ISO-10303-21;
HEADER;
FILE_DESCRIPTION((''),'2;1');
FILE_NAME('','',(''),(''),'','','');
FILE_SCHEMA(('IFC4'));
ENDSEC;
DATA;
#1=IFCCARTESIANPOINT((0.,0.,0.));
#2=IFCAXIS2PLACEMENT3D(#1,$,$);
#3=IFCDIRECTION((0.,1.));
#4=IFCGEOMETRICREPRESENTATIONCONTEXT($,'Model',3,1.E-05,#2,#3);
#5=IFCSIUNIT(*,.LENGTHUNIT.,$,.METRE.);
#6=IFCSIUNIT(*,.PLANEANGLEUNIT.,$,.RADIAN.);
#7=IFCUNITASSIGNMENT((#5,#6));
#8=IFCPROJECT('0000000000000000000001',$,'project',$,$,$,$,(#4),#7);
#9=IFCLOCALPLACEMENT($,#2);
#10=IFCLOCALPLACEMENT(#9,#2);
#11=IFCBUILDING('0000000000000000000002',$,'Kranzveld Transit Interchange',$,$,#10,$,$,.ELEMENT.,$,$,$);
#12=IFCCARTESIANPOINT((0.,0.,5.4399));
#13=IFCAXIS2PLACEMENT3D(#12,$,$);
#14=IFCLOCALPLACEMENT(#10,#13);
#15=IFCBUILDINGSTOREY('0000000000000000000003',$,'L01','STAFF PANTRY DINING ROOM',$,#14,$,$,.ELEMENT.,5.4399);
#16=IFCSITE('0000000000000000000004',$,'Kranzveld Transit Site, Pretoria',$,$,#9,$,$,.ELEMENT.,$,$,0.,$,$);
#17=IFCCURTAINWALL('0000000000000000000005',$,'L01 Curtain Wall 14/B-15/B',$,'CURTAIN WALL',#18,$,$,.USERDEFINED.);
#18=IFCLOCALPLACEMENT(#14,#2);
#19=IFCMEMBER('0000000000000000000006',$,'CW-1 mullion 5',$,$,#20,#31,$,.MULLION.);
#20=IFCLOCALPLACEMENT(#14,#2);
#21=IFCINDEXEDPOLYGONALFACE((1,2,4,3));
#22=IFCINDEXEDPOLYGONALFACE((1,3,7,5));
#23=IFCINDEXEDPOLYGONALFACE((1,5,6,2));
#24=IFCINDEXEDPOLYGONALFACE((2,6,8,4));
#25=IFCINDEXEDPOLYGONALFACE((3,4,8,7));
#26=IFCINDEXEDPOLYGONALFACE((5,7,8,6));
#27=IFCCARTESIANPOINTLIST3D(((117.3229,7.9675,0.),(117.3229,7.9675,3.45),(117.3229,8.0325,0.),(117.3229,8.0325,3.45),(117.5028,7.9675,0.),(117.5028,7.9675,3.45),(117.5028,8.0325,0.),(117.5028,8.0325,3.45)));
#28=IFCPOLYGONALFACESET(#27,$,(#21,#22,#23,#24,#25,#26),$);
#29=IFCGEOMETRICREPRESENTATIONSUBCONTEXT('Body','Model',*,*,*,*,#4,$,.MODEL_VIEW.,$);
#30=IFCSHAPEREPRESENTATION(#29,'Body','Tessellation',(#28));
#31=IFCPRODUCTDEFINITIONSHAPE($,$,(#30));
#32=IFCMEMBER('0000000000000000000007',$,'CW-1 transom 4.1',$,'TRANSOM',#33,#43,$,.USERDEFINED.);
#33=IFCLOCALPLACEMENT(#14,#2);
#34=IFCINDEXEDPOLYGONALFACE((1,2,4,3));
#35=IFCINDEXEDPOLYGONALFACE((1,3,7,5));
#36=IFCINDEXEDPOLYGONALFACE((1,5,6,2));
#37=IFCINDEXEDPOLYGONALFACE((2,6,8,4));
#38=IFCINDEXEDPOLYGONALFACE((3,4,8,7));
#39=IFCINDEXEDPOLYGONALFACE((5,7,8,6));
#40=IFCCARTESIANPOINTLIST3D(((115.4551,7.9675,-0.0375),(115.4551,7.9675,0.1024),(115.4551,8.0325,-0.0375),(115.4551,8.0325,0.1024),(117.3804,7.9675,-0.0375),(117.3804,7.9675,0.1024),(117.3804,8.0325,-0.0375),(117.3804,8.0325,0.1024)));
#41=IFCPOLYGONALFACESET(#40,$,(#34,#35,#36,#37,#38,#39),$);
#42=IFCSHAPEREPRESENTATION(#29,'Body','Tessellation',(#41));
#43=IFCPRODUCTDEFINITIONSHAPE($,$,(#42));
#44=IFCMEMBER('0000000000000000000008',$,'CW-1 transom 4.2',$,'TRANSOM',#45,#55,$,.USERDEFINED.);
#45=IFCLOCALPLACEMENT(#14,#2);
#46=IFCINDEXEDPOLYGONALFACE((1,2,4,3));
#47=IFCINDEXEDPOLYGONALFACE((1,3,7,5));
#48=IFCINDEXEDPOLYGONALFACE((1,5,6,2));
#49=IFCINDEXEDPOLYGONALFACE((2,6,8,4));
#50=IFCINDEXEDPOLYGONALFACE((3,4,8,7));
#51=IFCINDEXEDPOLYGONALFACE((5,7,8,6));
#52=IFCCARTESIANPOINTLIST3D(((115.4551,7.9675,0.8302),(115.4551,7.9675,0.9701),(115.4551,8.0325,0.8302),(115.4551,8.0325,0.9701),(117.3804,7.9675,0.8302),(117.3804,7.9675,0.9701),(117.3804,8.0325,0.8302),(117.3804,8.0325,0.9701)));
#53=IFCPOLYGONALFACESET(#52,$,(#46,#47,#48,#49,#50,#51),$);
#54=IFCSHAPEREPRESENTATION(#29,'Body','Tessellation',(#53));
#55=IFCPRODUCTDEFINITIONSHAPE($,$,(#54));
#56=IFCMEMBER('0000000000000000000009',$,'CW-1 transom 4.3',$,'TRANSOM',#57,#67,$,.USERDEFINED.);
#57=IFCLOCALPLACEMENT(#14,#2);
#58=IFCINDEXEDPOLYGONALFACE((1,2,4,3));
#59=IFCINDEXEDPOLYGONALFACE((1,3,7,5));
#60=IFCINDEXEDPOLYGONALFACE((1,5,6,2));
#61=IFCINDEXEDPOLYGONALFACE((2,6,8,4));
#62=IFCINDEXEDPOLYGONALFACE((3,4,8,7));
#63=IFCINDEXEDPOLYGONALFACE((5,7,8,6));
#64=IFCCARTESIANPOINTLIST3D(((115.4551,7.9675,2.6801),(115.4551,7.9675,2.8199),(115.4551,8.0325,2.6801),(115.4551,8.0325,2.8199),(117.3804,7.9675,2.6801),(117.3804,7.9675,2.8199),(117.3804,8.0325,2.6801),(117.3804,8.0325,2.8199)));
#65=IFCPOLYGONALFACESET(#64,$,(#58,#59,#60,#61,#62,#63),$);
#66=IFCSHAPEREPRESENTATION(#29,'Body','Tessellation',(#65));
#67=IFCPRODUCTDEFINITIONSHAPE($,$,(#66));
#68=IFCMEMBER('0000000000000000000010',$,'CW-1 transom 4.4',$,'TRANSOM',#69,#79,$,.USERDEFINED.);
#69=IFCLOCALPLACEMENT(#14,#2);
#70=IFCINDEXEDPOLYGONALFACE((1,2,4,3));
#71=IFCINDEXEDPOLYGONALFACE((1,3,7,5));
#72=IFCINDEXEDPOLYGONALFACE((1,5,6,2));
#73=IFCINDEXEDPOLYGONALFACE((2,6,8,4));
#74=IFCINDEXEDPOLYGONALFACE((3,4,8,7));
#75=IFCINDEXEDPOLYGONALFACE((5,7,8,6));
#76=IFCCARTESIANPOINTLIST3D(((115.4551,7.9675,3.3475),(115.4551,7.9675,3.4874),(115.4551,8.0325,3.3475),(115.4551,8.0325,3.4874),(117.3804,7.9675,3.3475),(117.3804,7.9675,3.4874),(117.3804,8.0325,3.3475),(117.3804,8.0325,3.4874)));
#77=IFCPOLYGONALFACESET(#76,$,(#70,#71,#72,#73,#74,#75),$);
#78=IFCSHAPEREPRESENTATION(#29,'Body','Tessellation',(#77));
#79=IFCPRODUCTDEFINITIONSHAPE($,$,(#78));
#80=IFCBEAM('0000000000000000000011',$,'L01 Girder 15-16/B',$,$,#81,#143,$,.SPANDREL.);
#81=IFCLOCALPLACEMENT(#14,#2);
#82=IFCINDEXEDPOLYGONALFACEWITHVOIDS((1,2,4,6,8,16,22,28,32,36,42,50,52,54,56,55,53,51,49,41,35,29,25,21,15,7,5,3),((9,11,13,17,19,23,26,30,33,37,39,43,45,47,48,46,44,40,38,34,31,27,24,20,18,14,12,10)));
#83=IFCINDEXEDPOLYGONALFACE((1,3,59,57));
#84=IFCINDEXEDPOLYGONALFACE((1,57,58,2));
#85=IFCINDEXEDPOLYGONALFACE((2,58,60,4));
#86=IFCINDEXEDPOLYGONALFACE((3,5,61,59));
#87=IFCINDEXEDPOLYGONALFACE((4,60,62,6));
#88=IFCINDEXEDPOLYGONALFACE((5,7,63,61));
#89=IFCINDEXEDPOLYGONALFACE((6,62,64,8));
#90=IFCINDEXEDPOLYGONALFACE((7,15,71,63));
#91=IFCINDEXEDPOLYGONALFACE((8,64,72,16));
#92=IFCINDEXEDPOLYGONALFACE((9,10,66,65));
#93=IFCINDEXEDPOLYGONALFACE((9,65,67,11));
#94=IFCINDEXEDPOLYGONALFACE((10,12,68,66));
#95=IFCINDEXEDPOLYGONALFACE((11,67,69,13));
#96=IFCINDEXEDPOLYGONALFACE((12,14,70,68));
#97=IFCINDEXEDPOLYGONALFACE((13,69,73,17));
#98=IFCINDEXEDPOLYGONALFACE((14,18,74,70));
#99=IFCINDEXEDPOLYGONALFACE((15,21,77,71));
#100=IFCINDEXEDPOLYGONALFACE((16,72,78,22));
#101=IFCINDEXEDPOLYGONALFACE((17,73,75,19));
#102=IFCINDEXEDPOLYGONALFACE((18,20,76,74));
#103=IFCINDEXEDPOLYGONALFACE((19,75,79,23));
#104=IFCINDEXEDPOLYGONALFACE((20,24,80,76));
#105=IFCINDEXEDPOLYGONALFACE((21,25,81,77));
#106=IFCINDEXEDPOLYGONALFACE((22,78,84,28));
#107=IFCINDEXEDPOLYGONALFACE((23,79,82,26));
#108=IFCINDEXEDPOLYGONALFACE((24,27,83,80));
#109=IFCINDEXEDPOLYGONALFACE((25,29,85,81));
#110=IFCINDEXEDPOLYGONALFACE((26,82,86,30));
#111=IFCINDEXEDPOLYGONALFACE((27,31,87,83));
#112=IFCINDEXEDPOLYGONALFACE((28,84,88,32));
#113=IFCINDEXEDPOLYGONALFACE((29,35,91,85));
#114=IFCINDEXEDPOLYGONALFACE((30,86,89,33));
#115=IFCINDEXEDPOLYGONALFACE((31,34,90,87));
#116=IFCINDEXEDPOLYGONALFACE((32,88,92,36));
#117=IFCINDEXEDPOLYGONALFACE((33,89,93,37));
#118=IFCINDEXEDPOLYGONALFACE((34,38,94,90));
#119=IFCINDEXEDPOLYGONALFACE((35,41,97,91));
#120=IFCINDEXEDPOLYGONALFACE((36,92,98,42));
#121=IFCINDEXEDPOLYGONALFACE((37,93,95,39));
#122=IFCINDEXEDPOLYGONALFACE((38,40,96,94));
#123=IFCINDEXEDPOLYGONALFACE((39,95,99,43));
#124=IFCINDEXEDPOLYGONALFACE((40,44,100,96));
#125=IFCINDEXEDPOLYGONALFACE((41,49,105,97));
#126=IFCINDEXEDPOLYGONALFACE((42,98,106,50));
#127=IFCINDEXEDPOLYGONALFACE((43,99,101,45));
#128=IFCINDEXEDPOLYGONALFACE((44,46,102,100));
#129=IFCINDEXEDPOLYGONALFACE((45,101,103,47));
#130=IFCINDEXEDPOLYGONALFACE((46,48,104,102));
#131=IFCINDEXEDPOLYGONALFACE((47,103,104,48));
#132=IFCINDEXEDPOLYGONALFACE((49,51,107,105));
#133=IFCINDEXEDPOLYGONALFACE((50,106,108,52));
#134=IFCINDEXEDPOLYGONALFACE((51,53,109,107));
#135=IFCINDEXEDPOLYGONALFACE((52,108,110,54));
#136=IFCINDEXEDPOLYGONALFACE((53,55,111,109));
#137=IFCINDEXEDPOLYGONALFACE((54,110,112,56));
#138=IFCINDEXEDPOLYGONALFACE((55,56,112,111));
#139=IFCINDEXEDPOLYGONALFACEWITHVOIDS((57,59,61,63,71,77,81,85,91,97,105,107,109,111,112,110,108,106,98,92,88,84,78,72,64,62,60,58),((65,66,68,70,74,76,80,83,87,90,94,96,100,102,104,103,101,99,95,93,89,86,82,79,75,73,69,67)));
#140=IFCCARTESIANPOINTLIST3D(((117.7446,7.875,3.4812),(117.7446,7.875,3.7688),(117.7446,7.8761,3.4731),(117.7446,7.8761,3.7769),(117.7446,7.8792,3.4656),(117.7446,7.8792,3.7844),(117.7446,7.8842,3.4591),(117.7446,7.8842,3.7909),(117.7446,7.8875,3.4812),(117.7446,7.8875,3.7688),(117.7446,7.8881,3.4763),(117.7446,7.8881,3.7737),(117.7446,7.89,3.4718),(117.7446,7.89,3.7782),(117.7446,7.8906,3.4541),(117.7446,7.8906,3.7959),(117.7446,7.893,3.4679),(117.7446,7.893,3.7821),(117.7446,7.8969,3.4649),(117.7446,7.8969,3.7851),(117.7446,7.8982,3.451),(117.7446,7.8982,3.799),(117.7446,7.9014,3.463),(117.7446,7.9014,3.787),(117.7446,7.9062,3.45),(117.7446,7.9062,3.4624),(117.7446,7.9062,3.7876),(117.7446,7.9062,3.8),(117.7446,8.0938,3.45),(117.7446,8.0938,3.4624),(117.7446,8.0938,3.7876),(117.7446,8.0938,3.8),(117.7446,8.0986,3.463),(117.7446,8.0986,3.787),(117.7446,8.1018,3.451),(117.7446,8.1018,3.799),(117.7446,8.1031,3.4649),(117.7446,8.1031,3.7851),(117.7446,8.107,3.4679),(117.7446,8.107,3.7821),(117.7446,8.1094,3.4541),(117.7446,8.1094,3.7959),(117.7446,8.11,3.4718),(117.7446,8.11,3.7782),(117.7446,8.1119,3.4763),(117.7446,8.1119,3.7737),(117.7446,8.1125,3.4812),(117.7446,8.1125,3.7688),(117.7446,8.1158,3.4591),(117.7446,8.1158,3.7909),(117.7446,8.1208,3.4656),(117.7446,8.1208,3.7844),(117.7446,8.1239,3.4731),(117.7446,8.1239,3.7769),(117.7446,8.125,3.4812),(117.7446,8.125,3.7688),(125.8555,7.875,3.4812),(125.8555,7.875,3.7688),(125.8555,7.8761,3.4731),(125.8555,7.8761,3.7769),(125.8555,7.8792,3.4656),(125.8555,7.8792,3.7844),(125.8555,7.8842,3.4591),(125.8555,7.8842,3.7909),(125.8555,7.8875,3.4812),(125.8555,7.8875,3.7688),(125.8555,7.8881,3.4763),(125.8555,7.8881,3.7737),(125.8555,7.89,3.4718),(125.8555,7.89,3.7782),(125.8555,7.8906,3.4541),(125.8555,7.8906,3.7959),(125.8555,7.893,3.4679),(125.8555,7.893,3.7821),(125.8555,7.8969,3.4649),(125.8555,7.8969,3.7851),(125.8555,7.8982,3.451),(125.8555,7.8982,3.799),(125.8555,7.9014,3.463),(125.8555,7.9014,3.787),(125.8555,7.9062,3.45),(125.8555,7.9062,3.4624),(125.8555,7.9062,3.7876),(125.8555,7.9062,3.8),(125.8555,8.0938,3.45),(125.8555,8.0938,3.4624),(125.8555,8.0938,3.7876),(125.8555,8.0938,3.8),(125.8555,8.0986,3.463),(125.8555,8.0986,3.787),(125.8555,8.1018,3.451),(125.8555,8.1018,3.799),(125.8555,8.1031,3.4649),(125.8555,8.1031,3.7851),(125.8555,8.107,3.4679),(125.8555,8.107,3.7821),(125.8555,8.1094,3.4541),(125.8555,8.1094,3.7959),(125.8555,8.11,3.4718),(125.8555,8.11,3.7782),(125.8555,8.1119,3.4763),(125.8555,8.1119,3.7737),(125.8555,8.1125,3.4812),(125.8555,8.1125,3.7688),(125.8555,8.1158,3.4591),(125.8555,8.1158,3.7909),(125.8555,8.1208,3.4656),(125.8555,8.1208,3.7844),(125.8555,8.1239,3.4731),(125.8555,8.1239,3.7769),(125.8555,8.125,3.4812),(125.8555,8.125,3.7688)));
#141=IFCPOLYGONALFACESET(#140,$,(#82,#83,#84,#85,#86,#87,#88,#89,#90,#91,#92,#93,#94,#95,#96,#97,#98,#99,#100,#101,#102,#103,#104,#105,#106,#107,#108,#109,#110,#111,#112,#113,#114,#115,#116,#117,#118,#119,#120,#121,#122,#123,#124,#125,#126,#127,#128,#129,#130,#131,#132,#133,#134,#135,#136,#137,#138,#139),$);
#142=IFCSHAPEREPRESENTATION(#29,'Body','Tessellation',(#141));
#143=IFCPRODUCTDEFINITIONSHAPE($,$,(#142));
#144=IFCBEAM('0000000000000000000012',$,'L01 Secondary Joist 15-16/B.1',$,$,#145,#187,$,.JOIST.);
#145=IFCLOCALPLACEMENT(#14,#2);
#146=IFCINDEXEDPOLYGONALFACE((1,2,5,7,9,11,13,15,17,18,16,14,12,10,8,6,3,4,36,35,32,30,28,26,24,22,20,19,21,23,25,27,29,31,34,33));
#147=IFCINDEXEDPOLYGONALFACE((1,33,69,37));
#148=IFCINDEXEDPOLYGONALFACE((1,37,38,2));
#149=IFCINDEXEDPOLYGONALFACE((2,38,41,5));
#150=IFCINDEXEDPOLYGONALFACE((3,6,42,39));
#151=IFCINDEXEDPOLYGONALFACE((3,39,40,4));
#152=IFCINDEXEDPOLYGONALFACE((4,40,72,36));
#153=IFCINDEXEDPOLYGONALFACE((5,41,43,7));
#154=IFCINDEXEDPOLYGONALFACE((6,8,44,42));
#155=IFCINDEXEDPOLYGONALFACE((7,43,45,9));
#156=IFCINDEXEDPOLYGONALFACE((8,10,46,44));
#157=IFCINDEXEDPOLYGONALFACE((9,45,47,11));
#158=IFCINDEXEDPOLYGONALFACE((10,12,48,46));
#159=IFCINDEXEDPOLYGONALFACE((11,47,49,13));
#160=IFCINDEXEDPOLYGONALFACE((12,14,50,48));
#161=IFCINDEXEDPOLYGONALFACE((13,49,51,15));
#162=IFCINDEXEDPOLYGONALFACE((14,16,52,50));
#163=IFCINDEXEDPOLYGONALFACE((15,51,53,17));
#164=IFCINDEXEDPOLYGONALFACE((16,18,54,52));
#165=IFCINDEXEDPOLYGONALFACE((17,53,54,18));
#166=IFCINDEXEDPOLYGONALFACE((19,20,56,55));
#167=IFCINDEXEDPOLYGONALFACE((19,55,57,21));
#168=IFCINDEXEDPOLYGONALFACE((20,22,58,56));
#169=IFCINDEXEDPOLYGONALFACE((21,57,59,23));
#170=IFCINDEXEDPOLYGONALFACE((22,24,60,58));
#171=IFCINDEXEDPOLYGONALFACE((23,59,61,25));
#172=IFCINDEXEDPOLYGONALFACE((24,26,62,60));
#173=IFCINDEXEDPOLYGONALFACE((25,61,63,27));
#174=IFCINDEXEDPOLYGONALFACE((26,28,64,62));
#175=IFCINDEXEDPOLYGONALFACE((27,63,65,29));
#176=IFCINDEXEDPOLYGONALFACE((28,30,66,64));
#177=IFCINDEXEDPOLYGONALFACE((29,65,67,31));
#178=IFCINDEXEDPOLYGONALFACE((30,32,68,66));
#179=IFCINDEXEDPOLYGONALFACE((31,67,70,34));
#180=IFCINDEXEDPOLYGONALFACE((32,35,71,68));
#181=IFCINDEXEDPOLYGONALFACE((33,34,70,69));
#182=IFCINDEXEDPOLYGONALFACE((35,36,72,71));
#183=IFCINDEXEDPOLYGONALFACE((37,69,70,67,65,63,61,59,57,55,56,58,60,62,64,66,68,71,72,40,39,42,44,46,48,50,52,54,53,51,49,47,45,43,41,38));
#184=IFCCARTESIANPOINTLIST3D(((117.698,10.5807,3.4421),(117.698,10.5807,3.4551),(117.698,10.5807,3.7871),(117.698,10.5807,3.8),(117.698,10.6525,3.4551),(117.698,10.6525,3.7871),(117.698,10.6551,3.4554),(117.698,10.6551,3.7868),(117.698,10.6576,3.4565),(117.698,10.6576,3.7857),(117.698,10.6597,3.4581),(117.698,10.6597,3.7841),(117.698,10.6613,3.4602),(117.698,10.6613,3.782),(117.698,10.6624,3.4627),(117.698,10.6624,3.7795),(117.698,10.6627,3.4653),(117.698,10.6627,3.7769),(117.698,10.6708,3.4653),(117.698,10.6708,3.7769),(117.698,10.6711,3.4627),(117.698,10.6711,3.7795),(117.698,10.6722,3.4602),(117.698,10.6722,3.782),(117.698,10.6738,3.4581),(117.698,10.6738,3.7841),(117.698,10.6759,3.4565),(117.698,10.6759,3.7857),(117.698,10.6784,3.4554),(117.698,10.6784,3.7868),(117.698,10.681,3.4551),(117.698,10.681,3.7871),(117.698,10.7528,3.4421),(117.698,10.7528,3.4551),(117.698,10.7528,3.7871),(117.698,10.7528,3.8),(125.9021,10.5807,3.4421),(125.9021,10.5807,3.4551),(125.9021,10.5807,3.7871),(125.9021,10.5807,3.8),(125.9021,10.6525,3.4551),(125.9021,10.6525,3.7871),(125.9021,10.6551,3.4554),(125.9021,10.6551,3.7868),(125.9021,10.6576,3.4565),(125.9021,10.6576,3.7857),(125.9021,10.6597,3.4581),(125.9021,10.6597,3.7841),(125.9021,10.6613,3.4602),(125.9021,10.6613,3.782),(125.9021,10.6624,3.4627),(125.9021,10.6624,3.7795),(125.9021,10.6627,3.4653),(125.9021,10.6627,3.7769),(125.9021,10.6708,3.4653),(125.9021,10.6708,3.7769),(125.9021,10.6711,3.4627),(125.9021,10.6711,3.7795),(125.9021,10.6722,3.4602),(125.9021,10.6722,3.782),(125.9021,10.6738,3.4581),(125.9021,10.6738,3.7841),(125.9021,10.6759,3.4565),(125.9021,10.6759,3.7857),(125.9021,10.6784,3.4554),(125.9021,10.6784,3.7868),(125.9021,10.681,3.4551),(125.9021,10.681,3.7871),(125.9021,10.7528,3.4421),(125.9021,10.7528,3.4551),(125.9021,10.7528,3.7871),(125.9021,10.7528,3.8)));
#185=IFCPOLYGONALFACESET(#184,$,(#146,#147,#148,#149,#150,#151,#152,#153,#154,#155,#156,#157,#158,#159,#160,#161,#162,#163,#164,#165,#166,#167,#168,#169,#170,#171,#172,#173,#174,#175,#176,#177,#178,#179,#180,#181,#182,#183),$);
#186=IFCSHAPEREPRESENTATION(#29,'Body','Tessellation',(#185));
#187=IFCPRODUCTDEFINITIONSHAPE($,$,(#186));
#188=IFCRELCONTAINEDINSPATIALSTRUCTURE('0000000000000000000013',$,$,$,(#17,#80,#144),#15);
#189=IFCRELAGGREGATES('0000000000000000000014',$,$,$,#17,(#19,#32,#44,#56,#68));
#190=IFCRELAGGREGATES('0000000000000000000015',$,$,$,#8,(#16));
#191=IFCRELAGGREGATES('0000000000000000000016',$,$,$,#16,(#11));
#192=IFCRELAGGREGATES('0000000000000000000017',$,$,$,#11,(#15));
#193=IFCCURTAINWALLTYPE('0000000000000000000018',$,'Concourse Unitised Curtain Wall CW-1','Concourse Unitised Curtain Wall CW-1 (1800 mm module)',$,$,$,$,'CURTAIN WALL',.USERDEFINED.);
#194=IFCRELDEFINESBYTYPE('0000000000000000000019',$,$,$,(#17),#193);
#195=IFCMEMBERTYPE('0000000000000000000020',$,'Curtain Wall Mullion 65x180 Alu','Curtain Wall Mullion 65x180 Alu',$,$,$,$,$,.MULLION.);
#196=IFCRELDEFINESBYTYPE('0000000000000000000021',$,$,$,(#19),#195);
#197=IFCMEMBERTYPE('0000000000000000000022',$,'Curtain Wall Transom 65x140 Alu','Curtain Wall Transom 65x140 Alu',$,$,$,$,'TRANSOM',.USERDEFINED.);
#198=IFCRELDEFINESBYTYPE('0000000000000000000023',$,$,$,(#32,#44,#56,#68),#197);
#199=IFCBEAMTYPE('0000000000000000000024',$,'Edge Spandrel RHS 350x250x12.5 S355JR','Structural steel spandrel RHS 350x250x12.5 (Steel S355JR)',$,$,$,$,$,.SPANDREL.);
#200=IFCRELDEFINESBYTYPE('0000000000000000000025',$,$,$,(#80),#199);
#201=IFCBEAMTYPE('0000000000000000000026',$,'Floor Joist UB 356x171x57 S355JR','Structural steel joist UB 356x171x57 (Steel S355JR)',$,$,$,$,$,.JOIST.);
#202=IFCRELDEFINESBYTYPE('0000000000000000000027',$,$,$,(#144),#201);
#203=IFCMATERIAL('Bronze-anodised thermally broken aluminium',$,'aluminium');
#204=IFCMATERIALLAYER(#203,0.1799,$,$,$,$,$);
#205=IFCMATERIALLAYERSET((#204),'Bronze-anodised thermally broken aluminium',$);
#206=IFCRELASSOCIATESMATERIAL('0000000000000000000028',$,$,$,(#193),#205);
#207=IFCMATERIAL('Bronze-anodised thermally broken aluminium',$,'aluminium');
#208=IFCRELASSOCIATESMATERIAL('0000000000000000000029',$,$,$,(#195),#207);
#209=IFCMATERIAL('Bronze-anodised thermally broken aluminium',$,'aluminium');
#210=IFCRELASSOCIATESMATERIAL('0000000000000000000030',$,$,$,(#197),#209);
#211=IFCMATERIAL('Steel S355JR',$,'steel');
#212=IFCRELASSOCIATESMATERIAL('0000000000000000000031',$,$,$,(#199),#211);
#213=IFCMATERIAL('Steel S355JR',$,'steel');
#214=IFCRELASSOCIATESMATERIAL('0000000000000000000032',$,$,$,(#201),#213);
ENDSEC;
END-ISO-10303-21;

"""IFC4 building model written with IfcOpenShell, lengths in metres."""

from ifc_helpers import new_model, si_unit, direction, frame, origin, origin_2d, place, context, subcontext, project, spatial, rectangle, hollow_rectangle, i_section, extrude, material, layer, layer_set, material_profile, profile_set, type_object, element, aggregate, save


model = new_model("IFC4")

# Units and contexts
model_context = context("Model", 3, precision=1e-05, world=origin(), true_north=direction((0.0, 1.0)))
body_context = subcontext(model_context, "Body", "Model", "MODEL_VIEW")
ifc_project = project(units=[si_unit("LENGTHUNIT", "METRE"), si_unit("PLANEANGLEUNIT", "RADIAN")], contexts=[model_context])

# Site, building, storey
site_placement = place(None, origin())
site = spatial("IfcSite", under=ifc_project, at=site_placement, Name="Kranzveld Transit Site, Pretoria", CompositionType="ELEMENT", RefElevation=0.0)
building_placement = place(site_placement, origin())
building = spatial("IfcBuilding", under=site, at=building_placement, Name="Kranzveld Transit Interchange", CompositionType="ELEMENT")
storey_placement = place(building_placement, frame((0.0, 0.0, 5.4399)))
storey = spatial("IfcBuildingStorey", under=building, at=storey_placement, Name="L01", Description="STAFF PANTRY DINING ROOM", CompositionType="ELEMENT", Elevation=5.4399)

# Curtain wall, members
ifc_material_1 = material(Name="Bronze-anodised thermally broken aluminium", Category="aluminium")
ifc_layer_1 = layer(ifc_material_1, 0.1799)
ifc_layer_set_1 = layer_set([ifc_layer_1], Name="Bronze-anodised thermally broken aluminium")
curtain_wall_type = type_object("IfcCurtainWallType", Name="Concourse Unitised Curtain Wall CW-1", Description="Concourse Unitised Curtain Wall CW-1 (1800 mm module)", ElementType="CURTAIN WALL", PredefinedType="USERDEFINED", material=ifc_layer_set_1)
curtain_wall_placement = place(storey_placement, origin())
curtain_wall = element("IfcCurtainWall", 1, at=curtain_wall_placement, inside=storey, type_object=curtain_wall_type, Name="L01 Curtain Wall 14/B-15/B", ObjectType="CURTAIN WALL", PredefinedType="USERDEFINED")
ifc_material_2 = material(Name="Bronze-anodised thermally broken aluminium", Category="aluminium")
ifc_material_profile_1 = material_profile(ifc_material_2, rectangle(XDim=0.0649, YDim=0.1799, at=origin_2d()), Name="ALU MULLION 65x180")
ifc_profile_set_1 = profile_set([ifc_material_profile_1], Name="Bronze-anodised thermally broken aluminium")
member_type_1 = type_object("IfcMemberType", Name="Curtain Wall Mullion 65x180 Alu", Description="Curtain Wall Mullion 65x180 Alu", PredefinedType="MULLION", material=ifc_profile_set_1)
member_1_placement = place(storey_placement, frame((117.4128, 8.0, 0.0), z_axis=(0.0, 0.0, 1.0), x_axis=(0.0, 1.0, 0.0)))
member_1 = element("IfcMember", 2, at=member_1_placement, type_object=member_type_1, Name="CW-1 mullion 5", PredefinedType="MULLION", context=body_context, shape_type="SweptSolid", body=[
    extrude(rectangle(XDim=0.0649, YDim=0.1799, at=origin_2d()), origin(), (0.0, 0.0, 1.0), 3.45),
])
ifc_material_3 = material(Name="Bronze-anodised thermally broken aluminium", Category="aluminium")
ifc_material_profile_2 = material_profile(ifc_material_3, rectangle(XDim=0.0649, YDim=0.1399, at=origin_2d()), Name="ALU TRANSOM 65x140")
ifc_profile_set_2 = profile_set([ifc_material_profile_2], Name="Bronze-anodised thermally broken aluminium")
member_type_2 = type_object("IfcMemberType", Name="Curtain Wall Transom 65x140 Alu", Description="Curtain Wall Transom 65x140 Alu", ElementType="TRANSOM", PredefinedType="USERDEFINED", material=ifc_profile_set_2)
member_2_placement = place(storey_placement, frame((115.4551, 8.0, 0.0325), z_axis=(1.0, 0.0, 0.0), x_axis=(0.0, 1.0, 0.0)))
member_2 = element("IfcMember", 3, at=member_2_placement, type_object=member_type_2, Name="CW-1 transom 4.1", ObjectType="TRANSOM", PredefinedType="USERDEFINED", context=body_context, shape_type="SweptSolid", body=[
    extrude(rectangle(XDim=0.0649, YDim=0.1399, at=origin_2d()), origin(), (0.0, 0.0, 1.0), 1.9253),
])
member_3_placement = place(storey_placement, frame((115.4551, 8.0, 0.9001), z_axis=(1.0, 0.0, 0.0), x_axis=(0.0, 1.0, 0.0)))
member_3 = element("IfcMember", 4, at=member_3_placement, type_object=member_type_2, Name="CW-1 transom 4.2", ObjectType="TRANSOM", PredefinedType="USERDEFINED", context=body_context, shape_type="SweptSolid", body=[
    extrude(rectangle(XDim=0.0649, YDim=0.1399, at=origin_2d()), origin(), (0.0, 0.0, 1.0), 1.9253),
])
member_4_placement = place(storey_placement, frame((115.4551, 8.0, 2.75), z_axis=(1.0, 0.0, 0.0), x_axis=(0.0, 1.0, 0.0)))
member_4 = element("IfcMember", 5, at=member_4_placement, type_object=member_type_2, Name="CW-1 transom 4.3", ObjectType="TRANSOM", PredefinedType="USERDEFINED", context=body_context, shape_type="SweptSolid", body=[
    extrude(rectangle(XDim=0.0649, YDim=0.1399, at=origin_2d()), origin(), (0.0, 0.0, 1.0), 1.9253),
])
member_5_placement = place(storey_placement, frame((115.4551, 8.0, 3.4175), z_axis=(1.0, 0.0, 0.0), x_axis=(0.0, 1.0, 0.0)))
member_5 = element("IfcMember", 6, at=member_5_placement, type_object=member_type_2, Name="CW-1 transom 4.4", ObjectType="TRANSOM", PredefinedType="USERDEFINED", context=body_context, shape_type="SweptSolid", body=[
    extrude(rectangle(XDim=0.0649, YDim=0.1399, at=origin_2d()), origin(), (0.0, 0.0, 1.0), 1.9253),
])

# Beams
ifc_material_4 = material(Name="Steel S355JR", Category="steel")
ifc_material_profile_3 = material_profile(ifc_material_4, hollow_rectangle(XDim=0.25, YDim=0.3501, WallThickness=0.0125, InnerFilletRadius=0.0188, OuterFilletRadius=0.0312, at=origin_2d()), Name="RHS 350x250x12.5")
ifc_profile_set_3 = profile_set([ifc_material_profile_3], Name="Steel S355JR")
beam_type_1 = type_object("IfcBeamType", Name="Edge Spandrel RHS 350x250x12.5 S355JR", Description="Structural steel spandrel RHS 350x250x12.5 (Steel S355JR)", PredefinedType="SPANDREL", material=ifc_profile_set_3)
beam_1_placement = place(storey_placement, frame((117.7446, 8.0, 3.625), z_axis=(1.0, 0.0, 0.0), x_axis=(0.0, 1.0, 0.0)))
element("IfcBeam", 7, at=beam_1_placement, inside=storey, type_object=beam_type_1, Name="L01 Girder 15-16/B", PredefinedType="SPANDREL", context=body_context, shape_type="SweptSolid", body=[
    extrude(hollow_rectangle(XDim=0.25, YDim=0.3501, WallThickness=0.0125, InnerFilletRadius=0.0188, OuterFilletRadius=0.0312, at=origin_2d()), origin(), (0.0, 0.0, 1.0), 8.1108),
])
ifc_material_5 = material(Name="Steel S355JR", Category="steel")
ifc_material_profile_4 = material_profile(ifc_material_5, i_section(OverallWidth=0.1721, OverallDepth=0.3579, WebThickness=0.0081, FlangeThickness=0.0129, FilletRadius=0.0103, at=origin_2d()), Name="UB 356x171x57")
ifc_profile_set_4 = profile_set([ifc_material_profile_4], Name="Steel S355JR")
beam_type_2 = type_object("IfcBeamType", Name="Floor Joist UB 356x171x57 S355JR", Description="Structural steel joist UB 356x171x57 (Steel S355JR)", PredefinedType="JOIST", material=ifc_profile_set_4)
for number, where, z_axis, x_axis, name in (
    (8, (117.698, 10.6667, 3.6211), (1.0, 0.0, 0.0), (0.0, 1.0, 0.0), "L01 Secondary Joist 15-16/B.1"),
):
    element("IfcBeam", number, at=place(storey_placement, frame(where, z_axis=z_axis, x_axis=x_axis)), inside=storey, type_object=beam_type_2, Name=name, PredefinedType="JOIST", context=body_context, shape_type="SweptSolid", body=[
        extrude(i_section(OverallWidth=0.1721, OverallDepth=0.3579, WebThickness=0.0081, FlangeThickness=0.0129, FilletRadius=0.0103, at=origin_2d()), origin(), (0.0, 0.0, 1.0), 8.2041),
    ])

aggregate(curtain_wall, [member_1, member_2, member_3, member_4, member_5])

save(model, "model.ifc")
